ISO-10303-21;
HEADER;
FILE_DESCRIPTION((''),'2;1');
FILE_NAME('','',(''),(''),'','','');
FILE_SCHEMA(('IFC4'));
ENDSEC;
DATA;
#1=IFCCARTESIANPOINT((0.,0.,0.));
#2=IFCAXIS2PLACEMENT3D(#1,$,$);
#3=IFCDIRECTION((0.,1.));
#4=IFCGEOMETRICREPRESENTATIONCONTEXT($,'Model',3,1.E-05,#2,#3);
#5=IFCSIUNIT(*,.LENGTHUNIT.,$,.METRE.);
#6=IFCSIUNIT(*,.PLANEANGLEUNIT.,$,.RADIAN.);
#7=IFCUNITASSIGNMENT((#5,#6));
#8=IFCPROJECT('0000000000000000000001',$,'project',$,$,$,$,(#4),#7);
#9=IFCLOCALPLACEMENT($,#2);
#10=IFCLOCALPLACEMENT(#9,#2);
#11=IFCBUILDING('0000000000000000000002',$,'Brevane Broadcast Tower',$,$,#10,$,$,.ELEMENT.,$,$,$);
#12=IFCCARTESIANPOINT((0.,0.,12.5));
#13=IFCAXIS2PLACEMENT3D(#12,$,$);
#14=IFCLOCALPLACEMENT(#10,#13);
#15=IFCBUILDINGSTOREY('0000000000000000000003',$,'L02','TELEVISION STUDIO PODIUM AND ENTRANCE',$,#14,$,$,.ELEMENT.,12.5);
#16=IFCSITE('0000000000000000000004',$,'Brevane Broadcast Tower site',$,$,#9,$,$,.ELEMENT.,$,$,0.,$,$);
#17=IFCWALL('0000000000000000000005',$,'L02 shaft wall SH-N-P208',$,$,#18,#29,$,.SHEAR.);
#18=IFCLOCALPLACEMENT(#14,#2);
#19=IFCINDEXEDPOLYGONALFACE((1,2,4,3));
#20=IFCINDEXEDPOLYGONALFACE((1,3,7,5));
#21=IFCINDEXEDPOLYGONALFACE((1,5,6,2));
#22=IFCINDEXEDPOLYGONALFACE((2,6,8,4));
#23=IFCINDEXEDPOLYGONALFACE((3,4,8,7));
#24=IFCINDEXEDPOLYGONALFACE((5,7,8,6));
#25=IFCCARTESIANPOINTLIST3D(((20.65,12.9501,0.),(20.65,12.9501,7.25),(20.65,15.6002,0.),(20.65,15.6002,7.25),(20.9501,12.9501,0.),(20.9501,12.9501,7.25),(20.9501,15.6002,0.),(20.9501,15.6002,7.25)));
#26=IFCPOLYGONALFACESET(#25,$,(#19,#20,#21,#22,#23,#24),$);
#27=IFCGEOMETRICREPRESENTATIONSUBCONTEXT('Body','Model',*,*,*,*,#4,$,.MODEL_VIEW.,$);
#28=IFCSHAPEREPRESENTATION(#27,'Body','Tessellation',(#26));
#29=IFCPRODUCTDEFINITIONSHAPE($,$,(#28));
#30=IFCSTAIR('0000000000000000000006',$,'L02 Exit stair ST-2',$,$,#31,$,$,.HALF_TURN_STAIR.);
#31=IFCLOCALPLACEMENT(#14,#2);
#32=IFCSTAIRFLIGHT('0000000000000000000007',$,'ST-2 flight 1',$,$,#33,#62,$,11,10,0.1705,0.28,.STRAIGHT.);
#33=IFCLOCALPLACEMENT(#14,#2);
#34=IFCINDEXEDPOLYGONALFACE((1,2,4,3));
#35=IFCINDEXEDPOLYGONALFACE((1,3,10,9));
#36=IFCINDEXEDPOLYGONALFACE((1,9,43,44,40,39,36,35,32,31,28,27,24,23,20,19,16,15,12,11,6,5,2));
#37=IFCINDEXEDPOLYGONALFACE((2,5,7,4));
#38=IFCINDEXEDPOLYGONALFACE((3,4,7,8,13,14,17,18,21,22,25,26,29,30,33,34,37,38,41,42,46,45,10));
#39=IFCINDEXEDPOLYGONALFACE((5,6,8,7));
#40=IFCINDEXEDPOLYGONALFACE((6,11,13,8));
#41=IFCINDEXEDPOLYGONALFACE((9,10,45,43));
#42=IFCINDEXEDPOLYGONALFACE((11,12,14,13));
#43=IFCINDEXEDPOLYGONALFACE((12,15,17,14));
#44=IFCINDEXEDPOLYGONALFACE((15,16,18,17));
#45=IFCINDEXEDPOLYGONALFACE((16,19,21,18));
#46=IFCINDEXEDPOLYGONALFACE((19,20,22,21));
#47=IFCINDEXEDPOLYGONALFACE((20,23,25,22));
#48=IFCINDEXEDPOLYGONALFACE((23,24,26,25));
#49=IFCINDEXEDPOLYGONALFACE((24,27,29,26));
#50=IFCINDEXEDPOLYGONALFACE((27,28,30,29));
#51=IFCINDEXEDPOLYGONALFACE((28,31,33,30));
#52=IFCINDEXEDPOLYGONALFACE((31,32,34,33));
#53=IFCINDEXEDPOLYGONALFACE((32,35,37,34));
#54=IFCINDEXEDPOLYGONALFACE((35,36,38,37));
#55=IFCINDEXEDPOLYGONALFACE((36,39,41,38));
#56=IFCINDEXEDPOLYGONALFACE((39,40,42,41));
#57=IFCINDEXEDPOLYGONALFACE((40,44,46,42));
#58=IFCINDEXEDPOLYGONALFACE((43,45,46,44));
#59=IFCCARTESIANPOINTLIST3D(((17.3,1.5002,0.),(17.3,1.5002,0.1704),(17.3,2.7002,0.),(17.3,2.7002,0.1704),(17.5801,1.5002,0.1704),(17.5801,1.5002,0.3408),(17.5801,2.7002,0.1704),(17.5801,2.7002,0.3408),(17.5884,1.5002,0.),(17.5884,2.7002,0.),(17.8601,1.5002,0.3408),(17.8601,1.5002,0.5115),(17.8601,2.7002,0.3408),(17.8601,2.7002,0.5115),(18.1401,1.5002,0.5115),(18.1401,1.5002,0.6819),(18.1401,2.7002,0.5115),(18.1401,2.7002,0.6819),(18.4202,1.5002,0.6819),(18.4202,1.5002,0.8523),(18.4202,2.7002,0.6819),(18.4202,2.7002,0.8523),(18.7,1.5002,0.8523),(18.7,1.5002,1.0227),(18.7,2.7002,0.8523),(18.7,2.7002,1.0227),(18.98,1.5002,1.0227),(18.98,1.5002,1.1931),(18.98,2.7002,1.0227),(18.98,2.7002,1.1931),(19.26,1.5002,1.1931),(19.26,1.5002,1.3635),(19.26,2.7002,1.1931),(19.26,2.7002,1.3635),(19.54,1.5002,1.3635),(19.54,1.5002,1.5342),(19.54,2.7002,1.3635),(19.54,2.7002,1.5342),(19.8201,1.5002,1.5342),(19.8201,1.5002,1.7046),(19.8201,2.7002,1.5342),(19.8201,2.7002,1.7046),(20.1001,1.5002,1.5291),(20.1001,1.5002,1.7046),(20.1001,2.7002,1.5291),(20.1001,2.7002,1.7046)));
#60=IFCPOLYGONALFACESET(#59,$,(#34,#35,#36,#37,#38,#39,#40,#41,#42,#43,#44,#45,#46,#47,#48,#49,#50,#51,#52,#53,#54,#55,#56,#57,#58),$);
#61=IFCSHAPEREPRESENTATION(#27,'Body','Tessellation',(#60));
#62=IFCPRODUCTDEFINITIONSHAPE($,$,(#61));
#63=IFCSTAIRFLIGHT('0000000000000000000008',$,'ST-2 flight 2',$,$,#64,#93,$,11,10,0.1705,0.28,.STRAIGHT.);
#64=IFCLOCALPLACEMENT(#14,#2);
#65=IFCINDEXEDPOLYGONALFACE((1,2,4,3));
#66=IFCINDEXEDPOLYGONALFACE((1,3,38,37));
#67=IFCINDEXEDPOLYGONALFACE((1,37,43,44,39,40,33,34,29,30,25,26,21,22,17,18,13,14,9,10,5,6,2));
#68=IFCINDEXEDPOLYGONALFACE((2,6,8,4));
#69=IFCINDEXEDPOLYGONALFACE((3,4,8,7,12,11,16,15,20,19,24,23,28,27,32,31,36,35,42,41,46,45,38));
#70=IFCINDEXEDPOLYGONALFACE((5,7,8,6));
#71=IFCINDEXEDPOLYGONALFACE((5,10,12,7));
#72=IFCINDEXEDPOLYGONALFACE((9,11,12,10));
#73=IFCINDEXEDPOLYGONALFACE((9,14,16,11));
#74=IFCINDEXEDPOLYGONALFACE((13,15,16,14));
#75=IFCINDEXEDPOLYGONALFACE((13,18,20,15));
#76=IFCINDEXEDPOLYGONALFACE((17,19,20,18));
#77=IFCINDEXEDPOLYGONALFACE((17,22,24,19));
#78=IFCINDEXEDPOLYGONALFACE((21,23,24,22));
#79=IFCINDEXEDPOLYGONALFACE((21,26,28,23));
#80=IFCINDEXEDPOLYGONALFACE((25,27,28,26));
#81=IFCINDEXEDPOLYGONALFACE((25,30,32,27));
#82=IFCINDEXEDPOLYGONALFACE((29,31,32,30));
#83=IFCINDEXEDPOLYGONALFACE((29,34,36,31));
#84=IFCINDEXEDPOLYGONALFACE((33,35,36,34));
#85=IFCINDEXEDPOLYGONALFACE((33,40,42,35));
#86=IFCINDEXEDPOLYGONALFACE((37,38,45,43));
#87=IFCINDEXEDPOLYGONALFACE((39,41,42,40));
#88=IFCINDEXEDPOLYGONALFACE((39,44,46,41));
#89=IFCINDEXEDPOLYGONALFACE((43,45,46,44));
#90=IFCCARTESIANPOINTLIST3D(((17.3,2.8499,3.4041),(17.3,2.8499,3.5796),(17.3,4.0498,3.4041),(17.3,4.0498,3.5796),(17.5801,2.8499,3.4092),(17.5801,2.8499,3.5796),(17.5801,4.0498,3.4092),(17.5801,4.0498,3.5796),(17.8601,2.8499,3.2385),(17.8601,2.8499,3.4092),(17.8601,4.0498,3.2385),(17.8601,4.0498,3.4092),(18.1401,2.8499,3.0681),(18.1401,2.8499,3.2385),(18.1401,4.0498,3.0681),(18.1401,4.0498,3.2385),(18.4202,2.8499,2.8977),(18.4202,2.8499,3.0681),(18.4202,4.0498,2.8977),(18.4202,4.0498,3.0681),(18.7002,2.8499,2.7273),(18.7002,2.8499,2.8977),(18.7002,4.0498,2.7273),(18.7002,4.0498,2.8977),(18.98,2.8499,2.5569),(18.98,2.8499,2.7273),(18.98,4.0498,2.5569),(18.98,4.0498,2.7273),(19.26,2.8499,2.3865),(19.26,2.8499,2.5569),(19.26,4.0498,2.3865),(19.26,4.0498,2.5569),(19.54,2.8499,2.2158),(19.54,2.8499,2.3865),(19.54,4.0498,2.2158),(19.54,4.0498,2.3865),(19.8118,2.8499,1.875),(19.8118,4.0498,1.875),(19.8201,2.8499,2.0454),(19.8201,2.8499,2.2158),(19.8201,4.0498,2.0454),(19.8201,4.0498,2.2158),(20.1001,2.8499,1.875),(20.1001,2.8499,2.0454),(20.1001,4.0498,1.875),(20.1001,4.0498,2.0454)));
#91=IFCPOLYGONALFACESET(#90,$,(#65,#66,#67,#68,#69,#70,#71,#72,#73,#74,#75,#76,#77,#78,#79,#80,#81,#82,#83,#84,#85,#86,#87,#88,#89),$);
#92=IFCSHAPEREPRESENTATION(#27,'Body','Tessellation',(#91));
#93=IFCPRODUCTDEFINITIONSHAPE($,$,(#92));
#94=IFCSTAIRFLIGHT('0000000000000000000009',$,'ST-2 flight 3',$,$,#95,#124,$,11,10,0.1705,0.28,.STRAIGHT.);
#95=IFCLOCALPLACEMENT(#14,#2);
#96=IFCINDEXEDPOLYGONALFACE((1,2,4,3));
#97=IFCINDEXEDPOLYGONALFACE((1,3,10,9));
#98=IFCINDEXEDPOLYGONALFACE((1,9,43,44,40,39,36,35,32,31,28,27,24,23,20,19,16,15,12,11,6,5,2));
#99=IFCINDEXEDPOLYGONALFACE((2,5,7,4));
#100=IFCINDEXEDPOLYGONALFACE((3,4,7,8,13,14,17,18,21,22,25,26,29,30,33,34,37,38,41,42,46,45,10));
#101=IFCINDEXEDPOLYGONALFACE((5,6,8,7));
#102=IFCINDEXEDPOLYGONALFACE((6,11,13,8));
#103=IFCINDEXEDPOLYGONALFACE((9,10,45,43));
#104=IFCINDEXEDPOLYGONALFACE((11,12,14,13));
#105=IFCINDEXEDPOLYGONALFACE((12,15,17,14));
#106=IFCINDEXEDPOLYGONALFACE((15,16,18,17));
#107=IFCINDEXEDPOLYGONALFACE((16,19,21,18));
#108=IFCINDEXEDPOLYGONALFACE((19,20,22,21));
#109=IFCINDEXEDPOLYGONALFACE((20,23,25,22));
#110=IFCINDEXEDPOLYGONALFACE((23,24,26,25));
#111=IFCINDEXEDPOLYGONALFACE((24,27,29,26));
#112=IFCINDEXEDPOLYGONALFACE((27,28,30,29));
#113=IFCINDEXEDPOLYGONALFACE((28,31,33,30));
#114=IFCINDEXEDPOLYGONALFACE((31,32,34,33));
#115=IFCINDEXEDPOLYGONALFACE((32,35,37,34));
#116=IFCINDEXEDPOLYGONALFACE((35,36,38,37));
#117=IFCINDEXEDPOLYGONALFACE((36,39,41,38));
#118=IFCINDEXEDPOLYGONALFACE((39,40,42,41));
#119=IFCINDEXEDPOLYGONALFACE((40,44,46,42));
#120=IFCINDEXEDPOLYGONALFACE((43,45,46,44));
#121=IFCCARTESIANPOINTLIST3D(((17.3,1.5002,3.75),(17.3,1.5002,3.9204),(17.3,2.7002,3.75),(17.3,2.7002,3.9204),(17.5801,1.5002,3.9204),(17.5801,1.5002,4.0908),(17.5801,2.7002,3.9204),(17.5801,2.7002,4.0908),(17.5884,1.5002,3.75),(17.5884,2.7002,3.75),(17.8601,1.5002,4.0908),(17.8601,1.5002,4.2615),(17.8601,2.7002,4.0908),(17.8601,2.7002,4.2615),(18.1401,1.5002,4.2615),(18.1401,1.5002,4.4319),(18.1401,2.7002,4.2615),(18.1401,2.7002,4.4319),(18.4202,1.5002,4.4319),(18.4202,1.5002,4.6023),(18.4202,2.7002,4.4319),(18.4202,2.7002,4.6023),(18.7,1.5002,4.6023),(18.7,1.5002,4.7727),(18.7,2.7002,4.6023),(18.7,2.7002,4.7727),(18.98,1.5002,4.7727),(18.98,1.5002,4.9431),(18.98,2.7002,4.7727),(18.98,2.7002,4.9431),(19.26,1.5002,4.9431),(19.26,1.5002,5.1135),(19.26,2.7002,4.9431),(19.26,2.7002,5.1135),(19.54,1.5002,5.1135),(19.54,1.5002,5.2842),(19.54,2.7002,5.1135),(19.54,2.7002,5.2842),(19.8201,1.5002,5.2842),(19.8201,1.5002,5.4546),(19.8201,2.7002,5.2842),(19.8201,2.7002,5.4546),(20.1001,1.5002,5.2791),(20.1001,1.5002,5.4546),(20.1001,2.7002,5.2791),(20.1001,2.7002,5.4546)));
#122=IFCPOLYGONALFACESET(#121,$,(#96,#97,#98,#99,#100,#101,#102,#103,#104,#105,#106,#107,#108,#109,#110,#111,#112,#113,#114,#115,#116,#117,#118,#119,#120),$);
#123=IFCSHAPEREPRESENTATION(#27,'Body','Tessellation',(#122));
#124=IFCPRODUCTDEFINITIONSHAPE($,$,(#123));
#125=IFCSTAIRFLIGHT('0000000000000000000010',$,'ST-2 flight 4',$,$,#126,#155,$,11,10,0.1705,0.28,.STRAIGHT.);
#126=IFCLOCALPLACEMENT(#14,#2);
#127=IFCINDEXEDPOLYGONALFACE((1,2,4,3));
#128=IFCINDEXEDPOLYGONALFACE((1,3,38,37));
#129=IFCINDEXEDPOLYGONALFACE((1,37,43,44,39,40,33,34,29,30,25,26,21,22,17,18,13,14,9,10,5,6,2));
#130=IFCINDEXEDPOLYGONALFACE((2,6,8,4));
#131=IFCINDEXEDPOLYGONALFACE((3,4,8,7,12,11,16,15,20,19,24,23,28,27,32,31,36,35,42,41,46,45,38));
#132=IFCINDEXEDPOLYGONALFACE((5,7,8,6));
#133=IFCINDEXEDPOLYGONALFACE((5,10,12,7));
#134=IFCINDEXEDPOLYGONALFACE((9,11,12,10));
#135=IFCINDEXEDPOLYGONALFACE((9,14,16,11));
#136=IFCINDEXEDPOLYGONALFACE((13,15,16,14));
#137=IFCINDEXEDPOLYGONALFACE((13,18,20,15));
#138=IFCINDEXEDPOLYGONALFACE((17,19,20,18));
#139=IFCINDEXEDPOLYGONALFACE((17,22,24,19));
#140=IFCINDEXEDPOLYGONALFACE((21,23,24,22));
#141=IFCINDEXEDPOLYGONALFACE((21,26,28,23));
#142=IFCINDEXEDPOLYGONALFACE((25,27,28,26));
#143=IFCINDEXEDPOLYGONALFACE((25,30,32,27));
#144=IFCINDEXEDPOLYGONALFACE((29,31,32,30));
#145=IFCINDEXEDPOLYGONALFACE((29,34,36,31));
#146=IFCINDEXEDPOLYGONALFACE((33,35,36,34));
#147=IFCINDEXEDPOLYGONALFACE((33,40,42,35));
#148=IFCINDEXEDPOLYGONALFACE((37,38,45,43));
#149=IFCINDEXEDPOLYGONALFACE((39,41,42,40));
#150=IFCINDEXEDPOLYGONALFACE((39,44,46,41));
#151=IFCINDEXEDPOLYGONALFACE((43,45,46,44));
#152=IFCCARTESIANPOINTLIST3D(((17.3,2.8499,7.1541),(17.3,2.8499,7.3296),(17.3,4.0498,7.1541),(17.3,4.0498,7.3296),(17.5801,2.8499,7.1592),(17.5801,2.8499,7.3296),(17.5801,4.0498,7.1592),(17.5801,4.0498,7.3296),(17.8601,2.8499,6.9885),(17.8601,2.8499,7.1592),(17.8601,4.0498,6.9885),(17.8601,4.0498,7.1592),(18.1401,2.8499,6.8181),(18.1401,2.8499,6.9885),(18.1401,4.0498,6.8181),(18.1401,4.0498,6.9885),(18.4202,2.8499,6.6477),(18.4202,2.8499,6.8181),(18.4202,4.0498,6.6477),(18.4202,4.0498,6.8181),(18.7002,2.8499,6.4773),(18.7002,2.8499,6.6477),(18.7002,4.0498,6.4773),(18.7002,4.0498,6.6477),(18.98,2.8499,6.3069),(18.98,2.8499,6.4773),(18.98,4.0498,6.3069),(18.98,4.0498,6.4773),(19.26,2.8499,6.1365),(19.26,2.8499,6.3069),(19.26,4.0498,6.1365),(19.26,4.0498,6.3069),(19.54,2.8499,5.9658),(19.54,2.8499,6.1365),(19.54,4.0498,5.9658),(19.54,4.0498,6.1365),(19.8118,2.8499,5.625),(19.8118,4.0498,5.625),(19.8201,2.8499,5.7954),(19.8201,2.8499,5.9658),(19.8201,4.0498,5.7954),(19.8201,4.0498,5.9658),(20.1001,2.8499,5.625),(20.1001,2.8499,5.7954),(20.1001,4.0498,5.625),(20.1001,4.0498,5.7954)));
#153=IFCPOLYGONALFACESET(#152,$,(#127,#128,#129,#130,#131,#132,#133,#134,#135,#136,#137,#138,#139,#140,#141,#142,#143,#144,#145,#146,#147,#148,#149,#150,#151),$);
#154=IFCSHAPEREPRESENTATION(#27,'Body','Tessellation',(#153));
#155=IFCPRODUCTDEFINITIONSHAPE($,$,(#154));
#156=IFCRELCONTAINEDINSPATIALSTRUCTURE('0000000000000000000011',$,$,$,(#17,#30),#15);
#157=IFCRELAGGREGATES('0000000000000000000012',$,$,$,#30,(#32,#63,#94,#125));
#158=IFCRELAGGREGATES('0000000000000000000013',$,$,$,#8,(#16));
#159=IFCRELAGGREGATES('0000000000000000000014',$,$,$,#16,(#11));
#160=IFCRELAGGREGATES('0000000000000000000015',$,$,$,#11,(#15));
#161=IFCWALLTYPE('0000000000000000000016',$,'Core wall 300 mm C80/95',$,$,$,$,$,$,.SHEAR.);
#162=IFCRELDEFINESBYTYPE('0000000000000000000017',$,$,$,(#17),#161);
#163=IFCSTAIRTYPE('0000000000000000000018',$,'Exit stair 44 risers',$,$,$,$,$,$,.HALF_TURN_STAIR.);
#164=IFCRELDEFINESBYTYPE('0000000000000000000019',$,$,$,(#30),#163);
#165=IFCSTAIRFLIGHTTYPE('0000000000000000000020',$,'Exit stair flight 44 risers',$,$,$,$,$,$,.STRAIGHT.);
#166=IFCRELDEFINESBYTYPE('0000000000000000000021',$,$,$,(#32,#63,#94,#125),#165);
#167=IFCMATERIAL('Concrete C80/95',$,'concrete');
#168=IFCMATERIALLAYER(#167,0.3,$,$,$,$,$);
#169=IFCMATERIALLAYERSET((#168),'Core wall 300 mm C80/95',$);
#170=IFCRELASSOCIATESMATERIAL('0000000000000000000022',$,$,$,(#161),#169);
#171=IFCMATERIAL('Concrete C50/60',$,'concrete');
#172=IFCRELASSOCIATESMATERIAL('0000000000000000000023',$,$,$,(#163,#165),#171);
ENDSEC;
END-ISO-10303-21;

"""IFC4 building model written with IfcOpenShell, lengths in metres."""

from ifc_helpers import new_model, si_unit, direction, frame, frame_2d, origin, place, context, subcontext, project, spatial, polyline, rectangle, outline, extrude, material, layer, layer_set, type_object, element, aggregate, save


model = new_model("IFC4")

# Units and contexts
model_context = context("Model", 3, precision=1e-05, world=origin(), true_north=direction((0.0, 1.0)))
body_context = subcontext(model_context, "Body", "Model", "MODEL_VIEW")
ifc_project = project(units=[si_unit("LENGTHUNIT", "METRE"), si_unit("PLANEANGLEUNIT", "RADIAN")], contexts=[model_context])

# Site, building, storey
site_placement = place(None, origin())
site = spatial("IfcSite", under=ifc_project, at=site_placement, Name="Brevane Broadcast Tower site", CompositionType="ELEMENT", RefElevation=0.0)
building_placement = place(site_placement, origin())
building = spatial("IfcBuilding", under=site, at=building_placement, Name="Brevane Broadcast Tower", CompositionType="ELEMENT")
storey_placement = place(building_placement, frame((0.0, 0.0, 12.5)))
storey = spatial("IfcBuildingStorey", under=building, at=storey_placement, Name="L02", Description="TELEVISION STUDIO PODIUM AND ENTRANCE", CompositionType="ELEMENT", Elevation=12.5)

# Wall
ifc_material_1 = material(Name="Concrete C80/95", Category="concrete")
ifc_layer_1 = layer(ifc_material_1, 0.3)
ifc_layer_set_1 = layer_set([ifc_layer_1], Name="Core wall 300 mm C80/95")
wall_type_1 = type_object("IfcWallType", Name="Core wall 300 mm C80/95", PredefinedType="SHEAR", material=ifc_layer_set_1)
for number, where, z_axis, x_axis, name in (
    (1, (20.8, 12.95, 0.0), (0.0, 0.0, 1.0), (0.0, 1.0, 0.0), "L02 shaft wall SH-N-P208"),
):
    element("IfcWall", number, at=place(storey_placement, frame(where, z_axis=z_axis, x_axis=x_axis)), inside=storey, type_object=wall_type_1, Name=name, PredefinedType="SHEAR", context=body_context, shape_type="SweptSolid", body=[
        extrude(rectangle(XDim=2.6501, YDim=0.3, at=frame_2d((1.3252, 0.0))), origin(), (0.0, 0.0, 1.0), 7.25),
    ])

# Stair, stair flights
ifc_material_2 = material(Name="Concrete C50/60", Category="concrete")
stair_type = type_object("IfcStairType", Name="Exit stair 44 risers", PredefinedType="HALF_TURN_STAIR", material=ifc_material_2)
stair_placement = place(storey_placement, origin())
stair = element("IfcStair", 2, at=stair_placement, inside=storey, type_object=stair_type, Name="L02 Exit stair ST-2", PredefinedType="HALF_TURN_STAIR")
stair_flight_type = type_object("IfcStairFlightType", Name="Exit stair flight 44 risers", PredefinedType="STRAIGHT", material=ifc_material_2)
stair_flight_1_placement = place(storey_placement, frame((17.3, 2.1001, 0.0), z_axis=(0.0, 0.0, 1.0), x_axis=(1.0, 0.0, 0.0)))
stair_flight_1 = element("IfcStairFlight", 3, at=stair_flight_1_placement, type_object=stair_flight_type, Name="ST-2 flight 1", NumberOfRisers=11, NumberOfTreads=10, PredefinedType="STRAIGHT", RiserHeight=0.1705, TreadLength=0.28, context=body_context, shape_type="SweptSolid", body=[
    extrude(outline(polyline([(0.0, 0.0), (0.0, 0.1704), (0.28, 0.1704), (0.28, 0.3408), (0.5601, 0.3408), (0.5601, 0.5115), (0.8401, 0.5115), (0.8401, 0.6819), (1.1201, 0.6819), (1.1201, 0.8523), (1.3999, 0.8523), (1.3999, 1.0227), (1.6799, 1.0227), (1.6799, 1.1931), (1.96, 1.1931), (1.96, 1.3635), (2.24, 1.3635), (2.24, 1.5342), (2.52, 1.5342), (2.52, 1.7046), (2.8, 1.7046), (2.8, 1.875), (2.8, 1.5291), (0.2883, 0.0), (0.0, 0.0)])), frame((0.0, 0.6001, 0.0), z_axis=(0.0, -1.0, 0.0), x_axis=(1.0, 0.0, 0.0)), (0.0, 0.0, 1.0), 1.2),
])
stair_flight_2_placement = place(storey_placement, frame((20.1001, 3.45, 1.875), z_axis=(0.0, 0.0, 1.0), x_axis=(-1.0, 0.0, 0.0)))
stair_flight_2 = element("IfcStairFlight", 4, at=stair_flight_2_placement, type_object=stair_flight_type, Name="ST-2 flight 2", NumberOfRisers=11, NumberOfTreads=10, PredefinedType="STRAIGHT", RiserHeight=0.1705, TreadLength=0.28, context=body_context, shape_type="SweptSolid", body=[
    extrude(outline(polyline([(0.0, 0.0), (0.0, 0.1704), (0.28, 0.1704), (0.28, 0.3408), (0.5601, 0.3408), (0.5601, 0.5115), (0.8401, 0.5115), (0.8401, 0.6819), (1.1201, 0.6819), (1.1201, 0.8523), (1.3999, 0.8523), (1.3999, 1.0227), (1.6799, 1.0227), (1.6799, 1.1931), (1.96, 1.1931), (1.96, 1.3635), (2.24, 1.3635), (2.24, 1.5342), (2.52, 1.5342), (2.52, 1.7046), (2.8, 1.7046), (2.8, 1.875), (2.8, 1.5291), (0.2883, 0.0), (0.0, 0.0)])), frame((0.0, 0.6001, 0.0), z_axis=(0.0, -1.0, 0.0), x_axis=(1.0, 0.0, 0.0)), (0.0, 0.0, 1.0), 1.2),
])
stair_flight_3_placement = place(storey_placement, frame((17.3, 2.1001, 3.75), z_axis=(0.0, 0.0, 1.0), x_axis=(1.0, 0.0, 0.0)))
stair_flight_3 = element("IfcStairFlight", 5, at=stair_flight_3_placement, type_object=stair_flight_type, Name="ST-2 flight 3", NumberOfRisers=11, NumberOfTreads=10, PredefinedType="STRAIGHT", RiserHeight=0.1705, TreadLength=0.28, context=body_context, shape_type="SweptSolid", body=[
    extrude(outline(polyline([(0.0, 0.0), (0.0, 0.1704), (0.28, 0.1704), (0.28, 0.3408), (0.5601, 0.3408), (0.5601, 0.5115), (0.8401, 0.5115), (0.8401, 0.6819), (1.1201, 0.6819), (1.1201, 0.8523), (1.3999, 0.8523), (1.3999, 1.0227), (1.6799, 1.0227), (1.6799, 1.1931), (1.96, 1.1931), (1.96, 1.3635), (2.24, 1.3635), (2.24, 1.5342), (2.52, 1.5342), (2.52, 1.7046), (2.8, 1.7046), (2.8, 1.875), (2.8, 1.5291), (0.2883, 0.0), (0.0, 0.0)])), frame((0.0, 0.6001, 0.0), z_axis=(0.0, -1.0, 0.0), x_axis=(1.0, 0.0, 0.0)), (0.0, 0.0, 1.0), 1.2),
])
stair_flight_4_placement = place(storey_placement, frame((20.1001, 3.45, 5.625), z_axis=(0.0, 0.0, 1.0), x_axis=(-1.0, 0.0, 0.0)))
stair_flight_4 = element("IfcStairFlight", 6, at=stair_flight_4_placement, type_object=stair_flight_type, Name="ST-2 flight 4", NumberOfRisers=11, NumberOfTreads=10, PredefinedType="STRAIGHT", RiserHeight=0.1705, TreadLength=0.28, context=body_context, shape_type="SweptSolid", body=[
    extrude(outline(polyline([(0.0, 0.0), (0.0, 0.1704), (0.28, 0.1704), (0.28, 0.3408), (0.5601, 0.3408), (0.5601, 0.5115), (0.8401, 0.5115), (0.8401, 0.6819), (1.1201, 0.6819), (1.1201, 0.8523), (1.3999, 0.8523), (1.3999, 1.0227), (1.6799, 1.0227), (1.6799, 1.1931), (1.96, 1.1931), (1.96, 1.3635), (2.24, 1.3635), (2.24, 1.5342), (2.52, 1.5342), (2.52, 1.7046), (2.8, 1.7046), (2.8, 1.875), (2.8, 1.5291), (0.2883, 0.0), (0.0, 0.0)])), frame((0.0, 0.6001, 0.0), z_axis=(0.0, -1.0, 0.0), x_axis=(1.0, 0.0, 0.0)), (0.0, 0.0, 1.0), 1.2),
])
aggregate(stair, [stair_flight_1, stair_flight_2, stair_flight_3, stair_flight_4])

save(model, "model.ifc")
